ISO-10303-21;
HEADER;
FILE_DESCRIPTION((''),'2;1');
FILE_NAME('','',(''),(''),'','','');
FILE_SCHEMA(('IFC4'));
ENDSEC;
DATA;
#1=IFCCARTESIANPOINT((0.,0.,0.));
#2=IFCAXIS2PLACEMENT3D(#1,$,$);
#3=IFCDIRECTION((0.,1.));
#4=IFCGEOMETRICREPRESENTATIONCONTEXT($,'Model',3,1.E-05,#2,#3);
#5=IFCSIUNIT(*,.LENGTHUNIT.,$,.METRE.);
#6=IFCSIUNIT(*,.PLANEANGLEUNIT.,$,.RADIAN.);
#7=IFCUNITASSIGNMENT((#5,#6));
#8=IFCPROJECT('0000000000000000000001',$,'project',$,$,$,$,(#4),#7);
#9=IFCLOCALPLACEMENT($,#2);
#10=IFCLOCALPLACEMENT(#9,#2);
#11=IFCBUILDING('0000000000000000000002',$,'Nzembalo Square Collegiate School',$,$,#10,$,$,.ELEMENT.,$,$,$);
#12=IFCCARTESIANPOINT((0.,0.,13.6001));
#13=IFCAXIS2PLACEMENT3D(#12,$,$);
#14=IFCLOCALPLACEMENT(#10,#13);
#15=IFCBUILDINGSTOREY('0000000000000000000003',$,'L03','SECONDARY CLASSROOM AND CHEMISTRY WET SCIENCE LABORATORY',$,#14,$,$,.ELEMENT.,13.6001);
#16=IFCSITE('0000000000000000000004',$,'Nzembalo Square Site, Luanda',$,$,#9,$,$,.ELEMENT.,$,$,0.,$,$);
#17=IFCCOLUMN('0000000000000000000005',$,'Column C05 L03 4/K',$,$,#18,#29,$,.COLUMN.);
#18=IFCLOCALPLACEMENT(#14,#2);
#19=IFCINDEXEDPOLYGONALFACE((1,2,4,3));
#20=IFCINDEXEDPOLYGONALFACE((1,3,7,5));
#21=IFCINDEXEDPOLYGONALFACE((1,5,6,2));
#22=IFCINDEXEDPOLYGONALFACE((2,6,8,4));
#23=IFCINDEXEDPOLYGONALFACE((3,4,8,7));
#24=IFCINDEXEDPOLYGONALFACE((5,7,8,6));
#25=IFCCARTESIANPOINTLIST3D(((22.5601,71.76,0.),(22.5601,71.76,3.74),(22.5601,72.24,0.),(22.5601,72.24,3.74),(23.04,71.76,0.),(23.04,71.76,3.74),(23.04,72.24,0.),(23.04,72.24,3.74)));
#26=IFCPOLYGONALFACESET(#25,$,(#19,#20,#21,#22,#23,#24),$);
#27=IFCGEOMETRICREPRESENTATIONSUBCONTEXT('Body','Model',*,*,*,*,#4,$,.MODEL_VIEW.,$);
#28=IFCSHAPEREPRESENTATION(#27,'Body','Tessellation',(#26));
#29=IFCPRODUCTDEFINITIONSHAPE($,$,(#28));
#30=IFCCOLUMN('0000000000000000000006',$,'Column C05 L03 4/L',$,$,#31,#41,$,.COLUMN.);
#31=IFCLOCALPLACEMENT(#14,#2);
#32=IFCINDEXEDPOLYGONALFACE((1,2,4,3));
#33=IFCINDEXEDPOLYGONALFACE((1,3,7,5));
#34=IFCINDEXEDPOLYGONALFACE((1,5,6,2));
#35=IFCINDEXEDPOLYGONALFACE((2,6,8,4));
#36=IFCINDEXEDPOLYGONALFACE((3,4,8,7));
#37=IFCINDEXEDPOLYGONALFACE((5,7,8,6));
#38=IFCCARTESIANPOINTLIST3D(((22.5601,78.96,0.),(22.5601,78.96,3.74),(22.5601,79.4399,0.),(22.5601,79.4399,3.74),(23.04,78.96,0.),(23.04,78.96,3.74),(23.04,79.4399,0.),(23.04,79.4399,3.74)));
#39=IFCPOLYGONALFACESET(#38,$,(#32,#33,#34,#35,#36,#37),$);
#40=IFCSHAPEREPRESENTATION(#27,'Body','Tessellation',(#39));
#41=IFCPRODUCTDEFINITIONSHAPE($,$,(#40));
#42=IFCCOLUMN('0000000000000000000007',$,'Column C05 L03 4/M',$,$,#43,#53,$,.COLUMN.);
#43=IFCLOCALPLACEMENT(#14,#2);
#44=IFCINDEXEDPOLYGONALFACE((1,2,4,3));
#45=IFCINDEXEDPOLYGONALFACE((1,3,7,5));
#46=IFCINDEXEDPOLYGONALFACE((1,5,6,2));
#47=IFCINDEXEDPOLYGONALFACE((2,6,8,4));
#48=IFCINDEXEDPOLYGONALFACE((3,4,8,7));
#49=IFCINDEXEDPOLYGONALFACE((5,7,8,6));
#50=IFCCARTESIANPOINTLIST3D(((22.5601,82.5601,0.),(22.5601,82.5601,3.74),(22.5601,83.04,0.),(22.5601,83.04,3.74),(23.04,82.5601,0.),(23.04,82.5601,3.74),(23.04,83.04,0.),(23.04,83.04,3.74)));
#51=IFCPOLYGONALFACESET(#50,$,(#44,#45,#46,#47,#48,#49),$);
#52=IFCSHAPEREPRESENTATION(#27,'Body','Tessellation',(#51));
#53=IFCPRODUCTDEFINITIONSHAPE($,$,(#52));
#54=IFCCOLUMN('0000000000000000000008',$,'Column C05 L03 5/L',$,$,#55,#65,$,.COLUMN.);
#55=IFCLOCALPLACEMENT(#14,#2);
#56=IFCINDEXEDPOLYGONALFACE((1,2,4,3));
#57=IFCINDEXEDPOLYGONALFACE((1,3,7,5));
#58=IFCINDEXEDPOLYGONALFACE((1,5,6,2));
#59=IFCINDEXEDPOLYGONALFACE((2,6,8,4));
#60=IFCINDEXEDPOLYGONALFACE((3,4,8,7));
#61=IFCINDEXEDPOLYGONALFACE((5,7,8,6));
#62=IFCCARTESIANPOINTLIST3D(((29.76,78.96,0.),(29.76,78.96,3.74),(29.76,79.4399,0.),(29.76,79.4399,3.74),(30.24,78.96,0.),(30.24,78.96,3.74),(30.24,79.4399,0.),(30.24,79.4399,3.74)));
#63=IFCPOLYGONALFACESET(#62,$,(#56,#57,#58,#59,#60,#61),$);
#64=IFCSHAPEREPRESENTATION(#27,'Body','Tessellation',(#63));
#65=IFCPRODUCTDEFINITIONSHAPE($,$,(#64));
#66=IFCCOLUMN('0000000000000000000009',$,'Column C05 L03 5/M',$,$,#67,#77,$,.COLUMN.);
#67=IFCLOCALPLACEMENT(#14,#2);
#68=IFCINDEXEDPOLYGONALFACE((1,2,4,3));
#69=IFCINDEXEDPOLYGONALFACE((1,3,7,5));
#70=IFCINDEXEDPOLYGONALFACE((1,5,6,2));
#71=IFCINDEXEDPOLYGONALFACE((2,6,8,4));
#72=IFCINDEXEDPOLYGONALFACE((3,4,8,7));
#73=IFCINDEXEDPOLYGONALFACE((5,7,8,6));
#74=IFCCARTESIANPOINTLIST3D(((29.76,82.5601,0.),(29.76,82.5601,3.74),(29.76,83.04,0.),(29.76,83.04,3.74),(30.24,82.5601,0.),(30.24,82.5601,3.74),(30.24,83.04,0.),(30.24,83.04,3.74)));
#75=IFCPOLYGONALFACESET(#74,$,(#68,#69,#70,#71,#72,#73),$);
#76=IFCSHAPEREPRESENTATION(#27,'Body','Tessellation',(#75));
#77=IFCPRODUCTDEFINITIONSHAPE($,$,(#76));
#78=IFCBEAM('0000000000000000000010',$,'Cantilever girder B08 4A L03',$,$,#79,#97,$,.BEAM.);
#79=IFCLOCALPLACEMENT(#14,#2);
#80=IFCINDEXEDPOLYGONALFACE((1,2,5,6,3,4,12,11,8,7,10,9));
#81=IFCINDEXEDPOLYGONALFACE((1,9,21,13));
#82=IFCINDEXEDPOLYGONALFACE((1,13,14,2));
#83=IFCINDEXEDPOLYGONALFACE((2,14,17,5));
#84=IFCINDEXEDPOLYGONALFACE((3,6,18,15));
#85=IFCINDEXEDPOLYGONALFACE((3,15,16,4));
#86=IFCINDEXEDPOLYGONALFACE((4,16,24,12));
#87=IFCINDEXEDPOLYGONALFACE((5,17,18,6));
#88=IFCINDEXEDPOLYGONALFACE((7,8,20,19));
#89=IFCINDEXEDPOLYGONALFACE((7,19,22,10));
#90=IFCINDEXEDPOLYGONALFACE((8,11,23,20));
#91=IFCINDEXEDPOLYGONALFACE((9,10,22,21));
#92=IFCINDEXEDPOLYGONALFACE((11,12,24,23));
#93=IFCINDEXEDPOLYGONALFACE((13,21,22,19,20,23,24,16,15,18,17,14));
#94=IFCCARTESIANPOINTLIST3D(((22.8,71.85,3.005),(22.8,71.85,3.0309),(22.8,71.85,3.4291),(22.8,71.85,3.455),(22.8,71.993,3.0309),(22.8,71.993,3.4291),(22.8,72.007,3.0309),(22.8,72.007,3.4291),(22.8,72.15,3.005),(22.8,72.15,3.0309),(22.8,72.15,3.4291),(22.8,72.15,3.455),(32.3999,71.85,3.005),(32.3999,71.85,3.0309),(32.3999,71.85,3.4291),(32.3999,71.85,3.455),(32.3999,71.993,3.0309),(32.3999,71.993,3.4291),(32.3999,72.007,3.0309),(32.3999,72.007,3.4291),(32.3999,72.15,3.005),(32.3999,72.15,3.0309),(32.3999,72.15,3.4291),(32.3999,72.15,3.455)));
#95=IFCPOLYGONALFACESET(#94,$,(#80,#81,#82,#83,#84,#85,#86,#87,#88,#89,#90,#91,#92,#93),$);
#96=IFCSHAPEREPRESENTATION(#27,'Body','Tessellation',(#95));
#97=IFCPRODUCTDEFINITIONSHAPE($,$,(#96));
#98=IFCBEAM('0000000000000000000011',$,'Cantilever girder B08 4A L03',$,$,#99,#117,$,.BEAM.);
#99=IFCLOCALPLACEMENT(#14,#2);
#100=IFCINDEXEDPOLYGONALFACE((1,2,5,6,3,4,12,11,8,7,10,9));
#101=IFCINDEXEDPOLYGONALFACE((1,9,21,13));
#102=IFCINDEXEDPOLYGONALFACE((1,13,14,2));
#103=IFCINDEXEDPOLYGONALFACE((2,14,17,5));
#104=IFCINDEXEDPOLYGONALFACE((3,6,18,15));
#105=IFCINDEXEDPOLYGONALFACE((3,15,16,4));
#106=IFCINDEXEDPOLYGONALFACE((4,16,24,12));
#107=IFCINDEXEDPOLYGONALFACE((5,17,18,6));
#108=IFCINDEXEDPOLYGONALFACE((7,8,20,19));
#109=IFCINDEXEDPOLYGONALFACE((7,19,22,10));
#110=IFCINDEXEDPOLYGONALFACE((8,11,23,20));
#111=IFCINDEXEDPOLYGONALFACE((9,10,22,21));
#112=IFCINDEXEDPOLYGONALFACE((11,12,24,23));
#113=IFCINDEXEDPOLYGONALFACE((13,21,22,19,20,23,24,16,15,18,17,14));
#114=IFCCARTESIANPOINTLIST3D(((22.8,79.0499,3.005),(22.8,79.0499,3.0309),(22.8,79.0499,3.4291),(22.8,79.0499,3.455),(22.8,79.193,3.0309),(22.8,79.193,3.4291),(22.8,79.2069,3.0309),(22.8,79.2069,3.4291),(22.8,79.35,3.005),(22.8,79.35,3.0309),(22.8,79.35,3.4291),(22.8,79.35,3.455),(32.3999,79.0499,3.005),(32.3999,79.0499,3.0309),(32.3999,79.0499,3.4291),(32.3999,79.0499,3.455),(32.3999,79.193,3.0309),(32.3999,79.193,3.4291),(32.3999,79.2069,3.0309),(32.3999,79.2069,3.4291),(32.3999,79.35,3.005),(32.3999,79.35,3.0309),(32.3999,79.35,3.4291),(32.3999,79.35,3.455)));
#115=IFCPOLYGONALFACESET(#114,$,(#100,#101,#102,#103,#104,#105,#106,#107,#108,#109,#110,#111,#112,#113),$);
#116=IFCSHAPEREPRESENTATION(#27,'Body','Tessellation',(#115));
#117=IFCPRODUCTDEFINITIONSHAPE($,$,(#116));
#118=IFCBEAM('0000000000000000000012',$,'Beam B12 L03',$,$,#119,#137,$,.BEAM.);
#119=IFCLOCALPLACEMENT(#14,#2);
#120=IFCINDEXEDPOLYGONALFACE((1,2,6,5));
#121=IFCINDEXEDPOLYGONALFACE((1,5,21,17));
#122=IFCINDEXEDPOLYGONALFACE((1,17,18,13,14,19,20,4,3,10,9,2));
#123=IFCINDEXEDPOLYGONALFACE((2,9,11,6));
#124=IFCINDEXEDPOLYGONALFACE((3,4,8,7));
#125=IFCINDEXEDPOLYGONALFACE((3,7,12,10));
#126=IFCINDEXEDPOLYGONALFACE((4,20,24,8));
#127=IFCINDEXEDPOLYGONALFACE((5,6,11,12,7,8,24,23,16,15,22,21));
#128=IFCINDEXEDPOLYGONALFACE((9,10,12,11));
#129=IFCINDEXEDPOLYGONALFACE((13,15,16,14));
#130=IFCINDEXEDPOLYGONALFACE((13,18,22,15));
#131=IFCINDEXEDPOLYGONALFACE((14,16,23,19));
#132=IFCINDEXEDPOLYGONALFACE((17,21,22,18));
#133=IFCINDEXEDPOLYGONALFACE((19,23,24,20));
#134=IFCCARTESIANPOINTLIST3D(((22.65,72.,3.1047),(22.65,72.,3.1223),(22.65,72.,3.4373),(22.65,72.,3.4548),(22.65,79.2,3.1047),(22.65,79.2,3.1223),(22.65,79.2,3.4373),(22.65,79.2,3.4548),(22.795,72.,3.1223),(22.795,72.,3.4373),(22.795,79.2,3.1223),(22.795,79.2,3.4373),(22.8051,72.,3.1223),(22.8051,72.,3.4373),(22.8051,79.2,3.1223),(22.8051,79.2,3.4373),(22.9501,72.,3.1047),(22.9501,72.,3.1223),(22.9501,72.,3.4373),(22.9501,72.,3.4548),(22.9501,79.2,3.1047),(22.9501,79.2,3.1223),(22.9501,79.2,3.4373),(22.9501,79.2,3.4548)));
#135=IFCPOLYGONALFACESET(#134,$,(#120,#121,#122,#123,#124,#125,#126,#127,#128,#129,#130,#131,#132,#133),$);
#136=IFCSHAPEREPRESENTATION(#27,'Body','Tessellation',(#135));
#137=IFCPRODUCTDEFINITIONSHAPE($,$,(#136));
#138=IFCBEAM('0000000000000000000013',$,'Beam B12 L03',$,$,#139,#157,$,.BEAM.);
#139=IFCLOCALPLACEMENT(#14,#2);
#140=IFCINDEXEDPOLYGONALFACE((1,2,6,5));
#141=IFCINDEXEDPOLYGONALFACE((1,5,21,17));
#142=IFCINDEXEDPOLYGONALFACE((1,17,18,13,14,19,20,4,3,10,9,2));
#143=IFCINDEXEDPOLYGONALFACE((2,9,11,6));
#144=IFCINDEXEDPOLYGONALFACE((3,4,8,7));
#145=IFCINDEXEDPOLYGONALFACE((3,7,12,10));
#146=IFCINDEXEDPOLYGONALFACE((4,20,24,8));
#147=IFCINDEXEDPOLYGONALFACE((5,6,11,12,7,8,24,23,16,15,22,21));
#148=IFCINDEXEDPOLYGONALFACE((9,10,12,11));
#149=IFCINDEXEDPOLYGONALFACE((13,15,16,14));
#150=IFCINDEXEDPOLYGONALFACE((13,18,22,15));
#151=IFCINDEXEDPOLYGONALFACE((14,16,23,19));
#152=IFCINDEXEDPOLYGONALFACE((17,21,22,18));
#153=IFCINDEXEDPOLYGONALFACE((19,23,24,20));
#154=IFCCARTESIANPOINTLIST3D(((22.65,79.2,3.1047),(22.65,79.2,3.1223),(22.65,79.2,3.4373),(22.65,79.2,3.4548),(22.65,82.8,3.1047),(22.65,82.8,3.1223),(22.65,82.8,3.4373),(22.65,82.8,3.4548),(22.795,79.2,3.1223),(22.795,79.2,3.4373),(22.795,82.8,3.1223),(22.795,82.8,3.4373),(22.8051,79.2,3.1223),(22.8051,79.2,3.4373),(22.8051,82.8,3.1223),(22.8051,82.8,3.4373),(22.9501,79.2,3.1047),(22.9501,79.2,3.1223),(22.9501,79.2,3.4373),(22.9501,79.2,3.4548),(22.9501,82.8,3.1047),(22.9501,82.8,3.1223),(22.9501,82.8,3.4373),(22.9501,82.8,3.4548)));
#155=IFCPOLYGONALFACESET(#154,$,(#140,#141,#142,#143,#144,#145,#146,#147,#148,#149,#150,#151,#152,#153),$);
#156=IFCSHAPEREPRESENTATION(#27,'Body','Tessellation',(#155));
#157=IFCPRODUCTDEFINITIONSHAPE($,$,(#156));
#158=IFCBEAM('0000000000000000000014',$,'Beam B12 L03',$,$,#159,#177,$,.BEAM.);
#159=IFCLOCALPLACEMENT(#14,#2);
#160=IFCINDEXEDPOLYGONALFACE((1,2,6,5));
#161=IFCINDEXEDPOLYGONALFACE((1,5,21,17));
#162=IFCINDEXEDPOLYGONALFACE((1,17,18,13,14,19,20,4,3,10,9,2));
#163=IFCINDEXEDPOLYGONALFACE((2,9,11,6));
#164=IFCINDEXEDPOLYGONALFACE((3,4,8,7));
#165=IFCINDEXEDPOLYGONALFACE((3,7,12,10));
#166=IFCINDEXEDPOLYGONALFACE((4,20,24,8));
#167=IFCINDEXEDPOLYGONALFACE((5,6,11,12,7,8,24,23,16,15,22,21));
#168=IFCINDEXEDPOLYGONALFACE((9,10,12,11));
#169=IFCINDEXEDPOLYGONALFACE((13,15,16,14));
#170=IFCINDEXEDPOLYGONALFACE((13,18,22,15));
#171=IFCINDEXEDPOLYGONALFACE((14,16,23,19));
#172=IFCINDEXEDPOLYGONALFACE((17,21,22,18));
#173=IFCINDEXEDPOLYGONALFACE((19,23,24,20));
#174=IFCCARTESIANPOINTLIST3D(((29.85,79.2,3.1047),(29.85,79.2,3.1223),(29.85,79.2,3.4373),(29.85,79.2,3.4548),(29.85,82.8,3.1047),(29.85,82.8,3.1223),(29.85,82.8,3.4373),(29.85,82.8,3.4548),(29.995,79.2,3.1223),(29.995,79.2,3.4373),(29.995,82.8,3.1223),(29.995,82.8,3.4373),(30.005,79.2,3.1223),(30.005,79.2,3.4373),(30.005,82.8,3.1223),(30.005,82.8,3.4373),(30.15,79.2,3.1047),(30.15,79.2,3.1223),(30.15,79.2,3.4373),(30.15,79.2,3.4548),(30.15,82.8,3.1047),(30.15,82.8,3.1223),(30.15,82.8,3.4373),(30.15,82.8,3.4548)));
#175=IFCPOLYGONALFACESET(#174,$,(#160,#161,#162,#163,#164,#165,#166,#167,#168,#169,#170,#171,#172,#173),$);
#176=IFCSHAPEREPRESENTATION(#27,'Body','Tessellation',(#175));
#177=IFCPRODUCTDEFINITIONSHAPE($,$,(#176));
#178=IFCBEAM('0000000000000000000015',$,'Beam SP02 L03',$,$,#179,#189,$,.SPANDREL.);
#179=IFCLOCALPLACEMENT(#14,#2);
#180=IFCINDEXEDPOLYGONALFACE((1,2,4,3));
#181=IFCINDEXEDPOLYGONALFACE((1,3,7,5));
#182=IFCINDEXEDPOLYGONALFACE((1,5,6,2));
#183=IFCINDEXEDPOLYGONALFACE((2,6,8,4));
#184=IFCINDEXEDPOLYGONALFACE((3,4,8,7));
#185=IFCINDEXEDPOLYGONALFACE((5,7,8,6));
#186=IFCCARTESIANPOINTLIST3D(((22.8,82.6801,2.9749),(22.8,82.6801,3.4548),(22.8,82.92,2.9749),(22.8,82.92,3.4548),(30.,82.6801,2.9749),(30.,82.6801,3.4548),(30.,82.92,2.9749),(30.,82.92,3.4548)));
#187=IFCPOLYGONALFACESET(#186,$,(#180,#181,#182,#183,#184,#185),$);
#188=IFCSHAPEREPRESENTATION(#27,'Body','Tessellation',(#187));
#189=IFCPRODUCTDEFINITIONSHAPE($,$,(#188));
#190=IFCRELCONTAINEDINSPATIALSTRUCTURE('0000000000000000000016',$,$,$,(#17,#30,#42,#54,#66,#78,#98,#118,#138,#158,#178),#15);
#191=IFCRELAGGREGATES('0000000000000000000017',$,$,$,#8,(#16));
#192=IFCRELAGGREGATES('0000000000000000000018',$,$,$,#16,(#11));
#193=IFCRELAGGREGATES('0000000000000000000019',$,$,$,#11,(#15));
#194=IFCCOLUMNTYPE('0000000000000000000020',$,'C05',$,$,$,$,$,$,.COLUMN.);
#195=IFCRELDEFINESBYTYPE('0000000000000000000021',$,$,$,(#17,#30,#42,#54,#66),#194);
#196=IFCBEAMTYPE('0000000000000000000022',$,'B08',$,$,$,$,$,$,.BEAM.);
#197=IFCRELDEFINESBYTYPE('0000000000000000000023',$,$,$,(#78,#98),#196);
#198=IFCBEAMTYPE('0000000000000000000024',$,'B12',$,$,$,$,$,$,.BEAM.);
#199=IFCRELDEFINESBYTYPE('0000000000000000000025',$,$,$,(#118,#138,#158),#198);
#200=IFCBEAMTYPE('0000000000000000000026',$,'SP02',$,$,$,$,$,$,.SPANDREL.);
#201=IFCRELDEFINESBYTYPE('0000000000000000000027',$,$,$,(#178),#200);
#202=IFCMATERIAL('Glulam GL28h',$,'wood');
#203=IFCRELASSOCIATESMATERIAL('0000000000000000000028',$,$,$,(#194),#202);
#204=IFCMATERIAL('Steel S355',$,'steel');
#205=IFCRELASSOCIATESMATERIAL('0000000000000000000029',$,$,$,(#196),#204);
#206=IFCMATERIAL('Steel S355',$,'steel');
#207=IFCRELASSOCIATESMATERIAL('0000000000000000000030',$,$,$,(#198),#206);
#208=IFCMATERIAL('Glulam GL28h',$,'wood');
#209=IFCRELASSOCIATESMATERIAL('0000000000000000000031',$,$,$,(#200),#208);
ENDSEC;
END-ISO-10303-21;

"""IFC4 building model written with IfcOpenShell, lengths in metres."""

from ifc_helpers import new_model, si_unit, direction, frame, origin, origin_2d, place, context, subcontext, project, spatial, rectangle, i_section, extrude, material, material_profile, profile_set, type_object, element, save


model = new_model("IFC4")

# Units and contexts
model_context = context("Model", 3, precision=1e-05, world=origin(), true_north=direction((0.0, 1.0)))
body_context = subcontext(model_context, "Body", "Model", "MODEL_VIEW")
ifc_project = project(units=[si_unit("LENGTHUNIT", "METRE"), si_unit("PLANEANGLEUNIT", "RADIAN")], contexts=[model_context])

# Site, building, storey
site_placement = place(None, origin())
site = spatial("IfcSite", under=ifc_project, at=site_placement, Name="Nzembalo Square Site, Luanda", CompositionType="ELEMENT", RefElevation=0.0)
building_placement = place(site_placement, origin())
building = spatial("IfcBuilding", under=site, at=building_placement, Name="Nzembalo Square Collegiate School", CompositionType="ELEMENT")
storey_placement = place(building_placement, frame((0.0, 0.0, 13.6001)))
storey = spatial("IfcBuildingStorey", under=building, at=storey_placement, Name="L03", Description="SECONDARY CLASSROOM AND CHEMISTRY WET SCIENCE LABORATORY", CompositionType="ELEMENT", Elevation=13.6001)

# Columns
ifc_material_1 = material(Name="Glulam GL28h", Category="wood")
ifc_material_profile_1 = material_profile(ifc_material_1, rectangle(XDim=0.48, YDim=0.48, at=origin_2d()), Name="GL28h 480x480")
ifc_profile_set_1 = profile_set([ifc_material_profile_1], Name="Glulam GL28h")
column_type = type_object("IfcColumnType", Name="C05", PredefinedType="COLUMN", material=ifc_profile_set_1)
for number, where, z_axis, x_axis, name in (
    (1, (22.8, 72.0, 0.0), (0.0, 0.0, 1.0), (1.0, 0.0, 0.0), "Column C05 L03 4/K"),
    (2, (22.8, 79.2, 0.0), (0.0, 0.0, 1.0), (1.0, 0.0, 0.0), "Column C05 L03 4/L"),
    (3, (22.8, 82.8, 0.0), (0.0, 0.0, 1.0), (1.0, 0.0, 0.0), "Column C05 L03 4/M"),
    (4, (30.0, 79.2, 0.0), (0.0, 0.0, 1.0), (1.0, 0.0, 0.0), "Column C05 L03 5/L"),
    (5, (30.0, 82.8, 0.0), (0.0, 0.0, 1.0), (1.0, 0.0, 0.0), "Column C05 L03 5/M"),
):
    element("IfcColumn", number, at=place(storey_placement, frame(where, z_axis=z_axis, x_axis=x_axis)), inside=storey, type_object=column_type, Name=name, PredefinedType="COLUMN", context=body_context, shape_type="SweptSolid", body=[
        extrude(rectangle(XDim=0.48, YDim=0.48, at=origin_2d()), origin(), (0.0, 0.0, 1.0), 3.74),
    ])

# Beams
ifc_material_2 = material(Name="Steel S355", Category="steel")
ifc_material_profile_2 = material_profile(ifc_material_2, i_section(OverallWidth=0.3, OverallDepth=0.45, WebThickness=0.0139, FlangeThickness=0.0259, at=origin_2d()), Name="HEB 450")
ifc_profile_set_2 = profile_set([ifc_material_profile_2], Name="Steel S355")
beam_type_1 = type_object("IfcBeamType", Name="B08", PredefinedType="BEAM", material=ifc_profile_set_2)
for number, where, z_axis, x_axis, name in (
    (6, (22.8, 72.0, 3.23), (1.0, 0.0, 0.0), (0.0, 1.0, 0.0), "Cantilever girder B08 4A L03"),
    (7, (22.8, 79.2, 3.23), (1.0, 0.0, 0.0), (0.0, 1.0, 0.0), "Cantilever girder B08 4A L03"),
):
    element("IfcBeam", number, at=place(storey_placement, frame(where, z_axis=z_axis, x_axis=x_axis)), inside=storey, type_object=beam_type_1, Name=name, PredefinedType="BEAM", context=body_context, shape_type="SweptSolid", body=[
        extrude(i_section(OverallWidth=0.3, OverallDepth=0.45, WebThickness=0.0139, FlangeThickness=0.0259, at=origin_2d()), origin(), (0.0, 0.0, 1.0), 9.5999),
    ])
ifc_material_3 = material(Name="Steel S355", Category="steel")
ifc_material_profile_3 = material_profile(ifc_material_3, i_section(OverallWidth=0.3, OverallDepth=0.3501, WebThickness=0.01, FlangeThickness=0.0176, at=origin_2d()), Name="HEA 360")
ifc_profile_set_3 = profile_set([ifc_material_profile_3], Name="Steel S355")
beam_type_2 = type_object("IfcBeamType", Name="B12", PredefinedType="BEAM", material=ifc_profile_set_3)
beam_1_placement = place(storey_placement, frame((22.8, 72.0, 3.2798), z_axis=(0.0, 1.0, 0.0), x_axis=(-1.0, 0.0, 0.0)))
element("IfcBeam", 8, at=beam_1_placement, inside=storey, type_object=beam_type_2, Name="Beam B12 L03", PredefinedType="BEAM", context=body_context, shape_type="SweptSolid", body=[
    extrude(i_section(OverallWidth=0.3, OverallDepth=0.3501, WebThickness=0.01, FlangeThickness=0.0176, at=origin_2d()), origin(), (0.0, 0.0, 1.0), 7.2),
])
for number, where, z_axis, x_axis, name in (
    (9, (22.8, 79.2, 3.2798), (0.0, 1.0, 0.0), (-1.0, 0.0, 0.0), "Beam B12 L03"),
    (10, (30.0, 79.2, 3.2798), (0.0, 1.0, 0.0), (-1.0, 0.0, 0.0), "Beam B12 L03"),
):
    element("IfcBeam", number, at=place(storey_placement, frame(where, z_axis=z_axis, x_axis=x_axis)), inside=storey, type_object=beam_type_2, Name=name, PredefinedType="BEAM", context=body_context, shape_type="SweptSolid", body=[
        extrude(i_section(OverallWidth=0.3, OverallDepth=0.3501, WebThickness=0.01, FlangeThickness=0.0176, at=origin_2d()), origin(), (0.0, 0.0, 1.0), 3.6001),
    ])
ifc_material_4 = material(Name="Glulam GL28h", Category="wood")
ifc_material_profile_4 = material_profile(ifc_material_4, rectangle(XDim=0.24, YDim=0.48, at=origin_2d()), Name="GL28h 240x480")
ifc_profile_set_4 = profile_set([ifc_material_profile_4], Name="Glulam GL28h")
beam_type_3 = type_object("IfcBeamType", Name="SP02", PredefinedType="SPANDREL", material=ifc_profile_set_4)
beam_2_placement = place(storey_placement, frame((22.8, 82.8, 3.2148), z_axis=(1.0, 0.0, 0.0), x_axis=(0.0, 1.0, 0.0)))
element("IfcBeam", 11, at=beam_2_placement, inside=storey, type_object=beam_type_3, Name="Beam SP02 L03", PredefinedType="SPANDREL", context=body_context, shape_type="SweptSolid", body=[
    extrude(rectangle(XDim=0.24, YDim=0.48, at=origin_2d()), origin(), (0.0, 0.0, 1.0), 7.2),
])

save(model, "model.ifc")
